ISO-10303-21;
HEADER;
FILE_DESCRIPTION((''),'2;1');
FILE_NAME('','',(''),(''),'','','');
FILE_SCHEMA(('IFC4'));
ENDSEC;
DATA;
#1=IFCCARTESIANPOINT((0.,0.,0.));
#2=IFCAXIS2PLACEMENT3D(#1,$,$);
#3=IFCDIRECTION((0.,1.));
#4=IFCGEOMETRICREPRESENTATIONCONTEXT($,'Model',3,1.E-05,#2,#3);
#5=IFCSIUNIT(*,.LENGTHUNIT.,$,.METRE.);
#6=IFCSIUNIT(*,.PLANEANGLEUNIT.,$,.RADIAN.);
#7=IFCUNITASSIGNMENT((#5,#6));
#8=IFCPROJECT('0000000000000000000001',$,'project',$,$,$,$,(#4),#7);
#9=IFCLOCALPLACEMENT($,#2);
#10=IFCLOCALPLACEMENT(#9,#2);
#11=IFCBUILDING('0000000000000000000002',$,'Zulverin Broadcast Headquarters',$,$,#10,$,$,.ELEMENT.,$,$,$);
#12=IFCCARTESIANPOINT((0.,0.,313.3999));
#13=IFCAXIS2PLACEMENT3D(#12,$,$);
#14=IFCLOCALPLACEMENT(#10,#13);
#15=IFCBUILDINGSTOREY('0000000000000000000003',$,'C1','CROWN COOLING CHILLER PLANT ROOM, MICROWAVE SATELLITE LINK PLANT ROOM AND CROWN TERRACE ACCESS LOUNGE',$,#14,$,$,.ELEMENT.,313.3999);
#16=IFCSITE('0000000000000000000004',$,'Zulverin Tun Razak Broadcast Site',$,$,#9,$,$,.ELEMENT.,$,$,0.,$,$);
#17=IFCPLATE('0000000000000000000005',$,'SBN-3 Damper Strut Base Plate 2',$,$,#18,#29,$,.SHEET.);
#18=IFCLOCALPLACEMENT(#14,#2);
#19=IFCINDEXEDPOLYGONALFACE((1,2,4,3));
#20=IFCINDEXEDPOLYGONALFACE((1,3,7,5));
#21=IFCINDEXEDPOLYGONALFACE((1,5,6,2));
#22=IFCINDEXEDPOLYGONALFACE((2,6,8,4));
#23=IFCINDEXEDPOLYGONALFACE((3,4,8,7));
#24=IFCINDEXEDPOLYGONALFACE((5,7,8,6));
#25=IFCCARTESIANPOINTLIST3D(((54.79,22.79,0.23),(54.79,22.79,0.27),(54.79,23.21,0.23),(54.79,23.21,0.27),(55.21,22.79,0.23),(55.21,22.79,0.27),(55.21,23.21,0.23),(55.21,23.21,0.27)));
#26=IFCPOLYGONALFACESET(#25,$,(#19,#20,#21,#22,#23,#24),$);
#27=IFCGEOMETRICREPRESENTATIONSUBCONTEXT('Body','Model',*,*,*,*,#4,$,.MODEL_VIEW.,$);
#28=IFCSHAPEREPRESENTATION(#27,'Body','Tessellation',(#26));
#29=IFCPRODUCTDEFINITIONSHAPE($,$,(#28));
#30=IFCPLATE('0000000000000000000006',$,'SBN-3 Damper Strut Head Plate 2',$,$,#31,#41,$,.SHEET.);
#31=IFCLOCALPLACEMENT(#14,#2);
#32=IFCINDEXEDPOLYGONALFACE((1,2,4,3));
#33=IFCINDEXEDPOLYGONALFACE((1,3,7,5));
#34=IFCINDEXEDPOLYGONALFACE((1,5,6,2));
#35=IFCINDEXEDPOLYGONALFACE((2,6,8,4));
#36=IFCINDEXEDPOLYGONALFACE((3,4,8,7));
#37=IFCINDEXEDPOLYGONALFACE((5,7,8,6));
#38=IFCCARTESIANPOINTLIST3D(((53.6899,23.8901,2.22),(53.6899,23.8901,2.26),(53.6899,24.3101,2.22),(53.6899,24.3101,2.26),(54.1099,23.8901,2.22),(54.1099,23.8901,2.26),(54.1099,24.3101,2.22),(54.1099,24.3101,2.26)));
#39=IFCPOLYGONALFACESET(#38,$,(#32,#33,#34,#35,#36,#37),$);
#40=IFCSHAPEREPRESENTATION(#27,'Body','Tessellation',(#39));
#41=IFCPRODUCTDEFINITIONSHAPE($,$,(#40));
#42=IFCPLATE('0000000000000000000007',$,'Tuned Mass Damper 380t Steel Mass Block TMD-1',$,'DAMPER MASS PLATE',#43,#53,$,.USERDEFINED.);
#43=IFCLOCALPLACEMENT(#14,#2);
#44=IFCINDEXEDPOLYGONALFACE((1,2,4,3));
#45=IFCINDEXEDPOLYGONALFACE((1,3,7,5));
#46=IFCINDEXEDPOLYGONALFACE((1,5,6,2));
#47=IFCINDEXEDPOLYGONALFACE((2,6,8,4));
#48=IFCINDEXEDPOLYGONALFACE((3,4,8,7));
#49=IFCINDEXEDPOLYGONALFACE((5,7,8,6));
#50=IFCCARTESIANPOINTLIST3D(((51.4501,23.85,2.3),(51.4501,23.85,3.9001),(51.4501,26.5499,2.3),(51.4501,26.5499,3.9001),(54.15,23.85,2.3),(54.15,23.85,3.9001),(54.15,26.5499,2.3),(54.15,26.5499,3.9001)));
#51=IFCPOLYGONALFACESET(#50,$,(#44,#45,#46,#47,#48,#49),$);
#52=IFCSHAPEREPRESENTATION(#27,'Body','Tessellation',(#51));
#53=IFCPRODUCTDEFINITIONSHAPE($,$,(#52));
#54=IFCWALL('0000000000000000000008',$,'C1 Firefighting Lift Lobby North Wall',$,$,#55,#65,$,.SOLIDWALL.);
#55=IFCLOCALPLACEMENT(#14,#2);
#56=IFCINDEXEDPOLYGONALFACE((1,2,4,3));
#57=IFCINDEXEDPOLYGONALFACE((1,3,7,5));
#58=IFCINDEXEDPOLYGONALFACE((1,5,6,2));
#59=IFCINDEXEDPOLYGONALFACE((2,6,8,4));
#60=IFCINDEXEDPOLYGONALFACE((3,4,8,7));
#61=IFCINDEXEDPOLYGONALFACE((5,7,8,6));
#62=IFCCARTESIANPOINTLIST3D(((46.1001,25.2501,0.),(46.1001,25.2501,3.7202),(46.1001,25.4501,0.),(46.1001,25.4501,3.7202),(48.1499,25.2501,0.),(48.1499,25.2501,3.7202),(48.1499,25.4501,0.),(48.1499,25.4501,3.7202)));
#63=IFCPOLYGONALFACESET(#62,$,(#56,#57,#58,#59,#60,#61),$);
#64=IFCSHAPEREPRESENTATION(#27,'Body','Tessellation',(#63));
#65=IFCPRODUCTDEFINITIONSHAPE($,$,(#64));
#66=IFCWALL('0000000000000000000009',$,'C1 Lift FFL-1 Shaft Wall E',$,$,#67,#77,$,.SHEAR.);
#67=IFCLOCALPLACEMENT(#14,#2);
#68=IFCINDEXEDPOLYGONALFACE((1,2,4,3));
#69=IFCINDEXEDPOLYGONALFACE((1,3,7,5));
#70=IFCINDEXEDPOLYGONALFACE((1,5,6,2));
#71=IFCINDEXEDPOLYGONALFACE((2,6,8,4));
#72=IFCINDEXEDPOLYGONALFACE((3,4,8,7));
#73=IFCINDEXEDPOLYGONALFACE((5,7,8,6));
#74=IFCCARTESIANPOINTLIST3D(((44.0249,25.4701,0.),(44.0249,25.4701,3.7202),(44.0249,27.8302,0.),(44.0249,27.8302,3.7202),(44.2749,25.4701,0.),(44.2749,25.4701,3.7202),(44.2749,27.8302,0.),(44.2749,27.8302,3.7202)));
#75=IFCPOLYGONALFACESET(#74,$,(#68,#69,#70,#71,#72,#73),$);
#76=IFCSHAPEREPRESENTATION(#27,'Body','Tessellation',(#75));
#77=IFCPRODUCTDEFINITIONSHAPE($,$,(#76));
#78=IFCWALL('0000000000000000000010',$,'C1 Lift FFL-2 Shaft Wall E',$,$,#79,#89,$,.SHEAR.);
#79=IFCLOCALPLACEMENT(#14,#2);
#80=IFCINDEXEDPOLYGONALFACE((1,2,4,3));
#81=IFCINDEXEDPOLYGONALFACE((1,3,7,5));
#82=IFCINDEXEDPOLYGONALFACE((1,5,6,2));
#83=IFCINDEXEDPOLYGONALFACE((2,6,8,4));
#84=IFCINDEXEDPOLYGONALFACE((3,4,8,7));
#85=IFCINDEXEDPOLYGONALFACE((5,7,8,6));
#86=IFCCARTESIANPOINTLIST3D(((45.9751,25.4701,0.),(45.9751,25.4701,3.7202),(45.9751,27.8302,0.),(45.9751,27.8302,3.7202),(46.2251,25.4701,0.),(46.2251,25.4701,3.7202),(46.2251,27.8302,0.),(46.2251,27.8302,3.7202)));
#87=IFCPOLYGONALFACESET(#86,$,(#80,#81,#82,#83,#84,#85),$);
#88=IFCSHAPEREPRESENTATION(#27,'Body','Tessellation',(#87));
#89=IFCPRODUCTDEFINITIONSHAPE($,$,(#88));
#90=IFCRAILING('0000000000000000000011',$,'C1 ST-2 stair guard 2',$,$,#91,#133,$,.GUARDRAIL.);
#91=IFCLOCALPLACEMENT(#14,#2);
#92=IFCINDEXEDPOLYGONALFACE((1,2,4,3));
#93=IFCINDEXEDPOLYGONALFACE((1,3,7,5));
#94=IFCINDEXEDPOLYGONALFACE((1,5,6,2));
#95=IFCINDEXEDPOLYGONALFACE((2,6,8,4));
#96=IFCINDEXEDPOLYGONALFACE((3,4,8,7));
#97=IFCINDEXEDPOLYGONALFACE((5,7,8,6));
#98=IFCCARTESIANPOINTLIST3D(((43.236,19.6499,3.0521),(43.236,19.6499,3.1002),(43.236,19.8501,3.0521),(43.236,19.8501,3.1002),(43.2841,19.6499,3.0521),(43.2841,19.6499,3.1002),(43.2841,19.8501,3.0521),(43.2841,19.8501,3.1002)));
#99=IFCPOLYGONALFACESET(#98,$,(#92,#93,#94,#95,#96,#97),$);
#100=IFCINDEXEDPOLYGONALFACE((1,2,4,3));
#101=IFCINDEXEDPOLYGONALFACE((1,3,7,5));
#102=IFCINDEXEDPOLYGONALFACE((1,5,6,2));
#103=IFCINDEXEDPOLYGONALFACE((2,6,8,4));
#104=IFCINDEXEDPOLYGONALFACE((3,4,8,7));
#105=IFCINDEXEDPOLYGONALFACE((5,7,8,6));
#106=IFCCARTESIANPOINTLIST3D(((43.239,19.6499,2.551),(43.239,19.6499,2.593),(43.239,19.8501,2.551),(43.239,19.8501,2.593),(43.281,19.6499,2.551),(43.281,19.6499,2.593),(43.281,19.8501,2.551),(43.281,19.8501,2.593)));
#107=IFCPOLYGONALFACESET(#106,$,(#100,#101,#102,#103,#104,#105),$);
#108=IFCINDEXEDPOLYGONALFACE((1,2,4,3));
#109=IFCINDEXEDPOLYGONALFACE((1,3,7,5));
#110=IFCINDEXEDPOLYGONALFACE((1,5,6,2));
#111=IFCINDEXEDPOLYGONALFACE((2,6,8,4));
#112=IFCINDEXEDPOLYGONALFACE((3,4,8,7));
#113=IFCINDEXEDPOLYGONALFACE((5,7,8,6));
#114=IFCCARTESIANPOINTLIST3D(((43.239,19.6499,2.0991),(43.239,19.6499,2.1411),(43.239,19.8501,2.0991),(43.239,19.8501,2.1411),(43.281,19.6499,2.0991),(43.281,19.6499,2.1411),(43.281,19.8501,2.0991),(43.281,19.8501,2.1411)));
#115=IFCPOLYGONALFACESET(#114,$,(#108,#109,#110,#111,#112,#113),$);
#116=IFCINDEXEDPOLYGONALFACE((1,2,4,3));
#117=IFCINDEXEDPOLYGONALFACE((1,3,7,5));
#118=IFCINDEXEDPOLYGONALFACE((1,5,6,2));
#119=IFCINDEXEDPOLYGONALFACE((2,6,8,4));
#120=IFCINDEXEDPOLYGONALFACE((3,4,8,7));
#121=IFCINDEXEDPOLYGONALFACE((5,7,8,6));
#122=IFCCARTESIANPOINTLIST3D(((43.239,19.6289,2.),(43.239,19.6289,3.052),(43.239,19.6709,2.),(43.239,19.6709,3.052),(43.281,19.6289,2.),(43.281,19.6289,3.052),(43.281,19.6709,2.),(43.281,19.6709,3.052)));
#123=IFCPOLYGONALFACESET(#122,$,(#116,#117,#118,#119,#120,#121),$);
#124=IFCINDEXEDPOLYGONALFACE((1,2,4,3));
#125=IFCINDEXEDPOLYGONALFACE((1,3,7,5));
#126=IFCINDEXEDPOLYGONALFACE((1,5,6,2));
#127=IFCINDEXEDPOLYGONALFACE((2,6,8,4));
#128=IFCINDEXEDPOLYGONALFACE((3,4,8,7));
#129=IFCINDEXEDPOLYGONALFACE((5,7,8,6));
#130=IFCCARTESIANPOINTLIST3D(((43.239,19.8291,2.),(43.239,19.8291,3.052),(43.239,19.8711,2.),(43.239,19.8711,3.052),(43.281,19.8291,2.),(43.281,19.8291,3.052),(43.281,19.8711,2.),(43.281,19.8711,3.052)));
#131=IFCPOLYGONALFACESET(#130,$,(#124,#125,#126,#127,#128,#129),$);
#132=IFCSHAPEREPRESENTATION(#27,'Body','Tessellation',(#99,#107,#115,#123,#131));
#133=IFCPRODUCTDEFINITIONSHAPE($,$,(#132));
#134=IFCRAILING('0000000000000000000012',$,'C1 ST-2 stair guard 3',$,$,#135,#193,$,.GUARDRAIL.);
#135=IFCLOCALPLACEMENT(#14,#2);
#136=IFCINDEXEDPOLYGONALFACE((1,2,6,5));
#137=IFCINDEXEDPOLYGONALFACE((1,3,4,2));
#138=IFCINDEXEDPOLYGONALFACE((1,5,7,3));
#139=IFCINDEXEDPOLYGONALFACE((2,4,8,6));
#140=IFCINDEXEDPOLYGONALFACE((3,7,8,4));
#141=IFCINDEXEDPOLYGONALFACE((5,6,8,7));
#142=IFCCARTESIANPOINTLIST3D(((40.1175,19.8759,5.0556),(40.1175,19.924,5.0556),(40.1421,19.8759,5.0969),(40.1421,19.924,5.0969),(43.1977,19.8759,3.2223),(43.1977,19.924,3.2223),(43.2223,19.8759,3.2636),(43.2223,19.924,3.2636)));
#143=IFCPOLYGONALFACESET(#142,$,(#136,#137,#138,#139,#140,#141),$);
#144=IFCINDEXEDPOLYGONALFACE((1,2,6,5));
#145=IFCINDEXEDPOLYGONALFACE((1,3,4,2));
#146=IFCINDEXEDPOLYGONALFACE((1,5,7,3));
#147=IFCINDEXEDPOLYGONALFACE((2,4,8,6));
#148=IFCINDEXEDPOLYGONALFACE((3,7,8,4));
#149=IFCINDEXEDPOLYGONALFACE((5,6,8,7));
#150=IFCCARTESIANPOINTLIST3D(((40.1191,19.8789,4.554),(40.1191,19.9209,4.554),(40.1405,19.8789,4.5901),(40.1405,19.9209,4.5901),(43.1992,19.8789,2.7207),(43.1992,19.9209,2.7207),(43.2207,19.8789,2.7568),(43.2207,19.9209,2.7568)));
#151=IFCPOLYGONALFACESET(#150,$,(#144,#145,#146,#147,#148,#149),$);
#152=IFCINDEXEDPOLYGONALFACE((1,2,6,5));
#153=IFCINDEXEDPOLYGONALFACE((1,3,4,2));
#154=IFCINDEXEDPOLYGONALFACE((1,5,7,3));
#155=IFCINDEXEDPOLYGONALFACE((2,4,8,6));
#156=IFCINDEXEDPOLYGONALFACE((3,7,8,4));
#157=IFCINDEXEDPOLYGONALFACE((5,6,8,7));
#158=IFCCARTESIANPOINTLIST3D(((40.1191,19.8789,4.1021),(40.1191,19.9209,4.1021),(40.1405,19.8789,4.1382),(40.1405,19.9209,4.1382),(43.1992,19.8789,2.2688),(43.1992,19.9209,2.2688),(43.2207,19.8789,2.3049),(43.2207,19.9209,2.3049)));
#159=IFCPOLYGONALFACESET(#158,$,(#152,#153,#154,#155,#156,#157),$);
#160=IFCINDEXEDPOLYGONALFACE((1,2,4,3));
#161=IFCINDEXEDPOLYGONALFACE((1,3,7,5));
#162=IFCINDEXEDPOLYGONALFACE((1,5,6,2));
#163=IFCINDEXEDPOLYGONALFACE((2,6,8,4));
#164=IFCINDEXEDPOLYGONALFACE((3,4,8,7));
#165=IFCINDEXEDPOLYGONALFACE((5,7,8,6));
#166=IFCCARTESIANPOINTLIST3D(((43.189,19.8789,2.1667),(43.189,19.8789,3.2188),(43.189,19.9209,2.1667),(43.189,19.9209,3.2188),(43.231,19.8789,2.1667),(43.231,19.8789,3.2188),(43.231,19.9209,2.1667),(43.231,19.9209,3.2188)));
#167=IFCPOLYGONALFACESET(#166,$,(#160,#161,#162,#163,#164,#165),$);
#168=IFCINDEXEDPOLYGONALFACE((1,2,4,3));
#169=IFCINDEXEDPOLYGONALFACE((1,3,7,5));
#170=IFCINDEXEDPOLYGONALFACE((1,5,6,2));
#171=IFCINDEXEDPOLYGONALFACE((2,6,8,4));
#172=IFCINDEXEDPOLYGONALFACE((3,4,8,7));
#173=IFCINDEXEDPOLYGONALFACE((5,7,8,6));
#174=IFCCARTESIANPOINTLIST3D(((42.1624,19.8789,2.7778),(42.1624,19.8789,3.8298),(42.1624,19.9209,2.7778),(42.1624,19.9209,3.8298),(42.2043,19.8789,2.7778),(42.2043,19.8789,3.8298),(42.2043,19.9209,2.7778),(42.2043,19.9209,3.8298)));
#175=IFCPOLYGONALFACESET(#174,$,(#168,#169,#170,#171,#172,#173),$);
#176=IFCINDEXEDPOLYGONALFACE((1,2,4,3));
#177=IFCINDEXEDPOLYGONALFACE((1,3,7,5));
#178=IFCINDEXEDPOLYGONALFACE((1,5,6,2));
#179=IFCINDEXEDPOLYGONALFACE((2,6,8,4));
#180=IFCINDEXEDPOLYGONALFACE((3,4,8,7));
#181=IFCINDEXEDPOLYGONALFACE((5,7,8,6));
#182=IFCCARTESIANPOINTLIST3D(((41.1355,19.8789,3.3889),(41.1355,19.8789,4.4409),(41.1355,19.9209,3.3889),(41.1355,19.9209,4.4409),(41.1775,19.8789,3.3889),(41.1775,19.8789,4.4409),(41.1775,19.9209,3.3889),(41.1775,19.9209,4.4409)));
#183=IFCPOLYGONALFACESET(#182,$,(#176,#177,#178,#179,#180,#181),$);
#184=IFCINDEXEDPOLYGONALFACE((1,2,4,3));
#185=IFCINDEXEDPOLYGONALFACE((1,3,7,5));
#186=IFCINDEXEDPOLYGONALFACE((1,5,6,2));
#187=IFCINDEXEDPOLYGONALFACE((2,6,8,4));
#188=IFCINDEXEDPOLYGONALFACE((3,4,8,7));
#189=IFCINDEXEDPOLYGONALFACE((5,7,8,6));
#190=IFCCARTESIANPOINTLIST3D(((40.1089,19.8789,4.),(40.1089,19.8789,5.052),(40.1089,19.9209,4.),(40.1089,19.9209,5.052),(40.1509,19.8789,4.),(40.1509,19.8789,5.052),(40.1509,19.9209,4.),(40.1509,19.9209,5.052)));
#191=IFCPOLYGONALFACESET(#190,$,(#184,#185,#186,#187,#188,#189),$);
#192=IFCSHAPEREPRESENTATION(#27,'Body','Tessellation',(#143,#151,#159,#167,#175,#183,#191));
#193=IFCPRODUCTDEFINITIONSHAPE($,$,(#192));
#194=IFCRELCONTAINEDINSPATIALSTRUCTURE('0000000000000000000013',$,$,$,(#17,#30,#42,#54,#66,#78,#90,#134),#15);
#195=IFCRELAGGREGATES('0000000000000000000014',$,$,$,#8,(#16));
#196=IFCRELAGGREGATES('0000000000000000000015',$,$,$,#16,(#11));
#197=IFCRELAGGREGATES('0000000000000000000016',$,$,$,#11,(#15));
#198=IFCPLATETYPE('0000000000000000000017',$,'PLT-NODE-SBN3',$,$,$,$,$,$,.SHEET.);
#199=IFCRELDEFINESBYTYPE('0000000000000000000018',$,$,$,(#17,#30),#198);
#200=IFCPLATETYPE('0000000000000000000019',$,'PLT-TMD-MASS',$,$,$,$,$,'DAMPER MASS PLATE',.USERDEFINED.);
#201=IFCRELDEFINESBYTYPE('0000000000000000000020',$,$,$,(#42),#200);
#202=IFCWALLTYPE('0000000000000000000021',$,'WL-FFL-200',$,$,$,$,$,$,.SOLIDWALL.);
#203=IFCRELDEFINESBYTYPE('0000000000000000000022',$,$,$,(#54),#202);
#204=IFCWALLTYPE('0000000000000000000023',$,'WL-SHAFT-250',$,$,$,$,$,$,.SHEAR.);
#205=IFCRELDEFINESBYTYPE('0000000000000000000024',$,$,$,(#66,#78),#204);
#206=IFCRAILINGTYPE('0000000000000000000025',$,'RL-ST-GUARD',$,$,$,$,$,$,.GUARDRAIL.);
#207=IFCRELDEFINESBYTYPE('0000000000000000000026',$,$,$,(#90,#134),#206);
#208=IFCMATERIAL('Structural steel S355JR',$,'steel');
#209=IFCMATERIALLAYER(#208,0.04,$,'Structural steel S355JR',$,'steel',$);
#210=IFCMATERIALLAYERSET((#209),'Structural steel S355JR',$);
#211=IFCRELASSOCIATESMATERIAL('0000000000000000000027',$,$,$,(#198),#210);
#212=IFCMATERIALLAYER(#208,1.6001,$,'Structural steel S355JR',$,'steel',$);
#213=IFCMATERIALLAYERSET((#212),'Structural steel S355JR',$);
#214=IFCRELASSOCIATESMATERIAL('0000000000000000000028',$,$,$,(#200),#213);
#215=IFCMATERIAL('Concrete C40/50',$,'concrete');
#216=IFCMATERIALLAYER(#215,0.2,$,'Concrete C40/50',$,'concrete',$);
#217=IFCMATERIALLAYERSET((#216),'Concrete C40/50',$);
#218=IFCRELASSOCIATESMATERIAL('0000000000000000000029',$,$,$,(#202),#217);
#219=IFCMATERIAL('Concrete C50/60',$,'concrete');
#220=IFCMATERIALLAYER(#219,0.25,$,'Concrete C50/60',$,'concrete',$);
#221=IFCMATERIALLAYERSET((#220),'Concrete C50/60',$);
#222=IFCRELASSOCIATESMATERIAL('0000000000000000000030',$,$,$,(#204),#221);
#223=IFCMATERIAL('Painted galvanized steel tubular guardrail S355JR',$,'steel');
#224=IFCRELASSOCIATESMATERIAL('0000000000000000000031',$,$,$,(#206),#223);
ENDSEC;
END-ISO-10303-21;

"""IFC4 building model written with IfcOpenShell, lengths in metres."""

from ifc_helpers import new_model, si_unit, direction, frame, frame_2d, origin, origin_2d, place, context, subcontext, project, spatial, rectangle, extrude, material, layer, layer_set, type_object, element, save


model = new_model("IFC4")

# Units and contexts
model_context = context("Model", 3, precision=1e-05, world=origin(), true_north=direction((0.0, 1.0)))
body_context = subcontext(model_context, "Body", "Model", "MODEL_VIEW")
ifc_project = project(units=[si_unit("LENGTHUNIT", "METRE"), si_unit("PLANEANGLEUNIT", "RADIAN")], contexts=[model_context])

# Site, building, storey
site_placement = place(None, origin())
site = spatial("IfcSite", under=ifc_project, at=site_placement, Name="Zulverin Tun Razak Broadcast Site", CompositionType="ELEMENT", RefElevation=0.0)
building_placement = place(site_placement, origin())
building = spatial("IfcBuilding", under=site, at=building_placement, Name="Zulverin Broadcast Headquarters", CompositionType="ELEMENT")
storey_placement = place(building_placement, frame((0.0, 0.0, 313.3999)))
storey = spatial("IfcBuildingStorey", under=building, at=storey_placement, Name="C1", Description="CROWN COOLING CHILLER PLANT ROOM, MICROWAVE SATELLITE LINK PLANT ROOM AND CROWN TERRACE ACCESS LOUNGE", CompositionType="ELEMENT", Elevation=313.3999)

# Shared definitions
ifc_material_1 = material(Name="Structural steel S355JR", Category="steel")

# Plates
ifc_layer_1 = layer(ifc_material_1, 0.04, Name="Structural steel S355JR", Category="steel")
ifc_layer_set_1 = layer_set([ifc_layer_1], Name="Structural steel S355JR")
plate_type_1 = type_object("IfcPlateType", Name="PLT-NODE-SBN3", PredefinedType="SHEET", material=ifc_layer_set_1)
for number, where, z_axis, x_axis, name in (
    (1, (55.0, 23.0, 0.23), (0.0, 0.0, 1.0), (1.0, 0.0, 0.0), "SBN-3 Damper Strut Base Plate 2"),
    (2, (53.8999, 24.1001, 2.22), (0.0, 0.0, 1.0), (1.0, 0.0, 0.0), "SBN-3 Damper Strut Head Plate 2"),
):
    element("IfcPlate", number, at=place(storey_placement, frame(where, z_axis=z_axis, x_axis=x_axis)), inside=storey, type_object=plate_type_1, Name=name, PredefinedType="SHEET", context=body_context, shape_type="SweptSolid", body=[
        extrude(rectangle(XDim=0.4199, YDim=0.4199, at=origin_2d()), origin(), (0.0, 0.0, 1.0), 0.04),
    ])
ifc_layer_2 = layer(ifc_material_1, 1.6001, Name="Structural steel S355JR", Category="steel")
ifc_layer_set_2 = layer_set([ifc_layer_2], Name="Structural steel S355JR")
plate_type_2 = type_object("IfcPlateType", Name="PLT-TMD-MASS", ElementType="DAMPER MASS PLATE", PredefinedType="USERDEFINED", material=ifc_layer_set_2)
plate_1_placement = place(storey_placement, frame((52.8, 25.2, 2.3), z_axis=(0.0, 0.0, 1.0), x_axis=(1.0, 0.0, 0.0)))
element("IfcPlate", 3, at=plate_1_placement, inside=storey, type_object=plate_type_2, Name="Tuned Mass Damper 380t Steel Mass Block TMD-1", ObjectType="DAMPER MASS PLATE", PredefinedType="USERDEFINED", context=body_context, shape_type="SweptSolid", body=[
    extrude(rectangle(XDim=2.7, YDim=2.7, at=origin_2d()), origin(), (0.0, 0.0, 1.0), 1.6001),
])

# Walls
ifc_material_2 = material(Name="Concrete C40/50", Category="concrete")
ifc_layer_3 = layer(ifc_material_2, 0.2, Name="Concrete C40/50", Category="concrete")
ifc_layer_set_3 = layer_set([ifc_layer_3], Name="Concrete C40/50")
wall_type_1 = type_object("IfcWallType", Name="WL-FFL-200", PredefinedType="SOLIDWALL", material=ifc_layer_set_3)
wall_1_placement = place(storey_placement, frame((46.1001, 25.3501, 0.0), z_axis=(0.0, 0.0, 1.0), x_axis=(1.0, 0.0, 0.0)))
element("IfcWall", 4, at=wall_1_placement, inside=storey, type_object=wall_type_1, Name="C1 Firefighting Lift Lobby North Wall", PredefinedType="SOLIDWALL", context=body_context, shape_type="SweptSolid", body=[
    extrude(rectangle(XDim=2.0498, YDim=0.2, at=frame_2d((1.0249, 0.0))), origin(), (0.0, 0.0, 1.0), 3.7202),
])
ifc_material_3 = material(Name="Concrete C50/60", Category="concrete")
ifc_layer_4 = layer(ifc_material_3, 0.25, Name="Concrete C50/60", Category="concrete")
ifc_layer_set_4 = layer_set([ifc_layer_4], Name="Concrete C50/60")
wall_type_2 = type_object("IfcWallType", Name="WL-SHAFT-250", PredefinedType="SHEAR", material=ifc_layer_set_4)
wall_2_placement = place(storey_placement, frame((44.1499, 25.47, 0.0), z_axis=(0.0, 0.0, 1.0), x_axis=(0.0, 1.0, 0.0)))
element("IfcWall", 5, at=wall_2_placement, inside=storey, type_object=wall_type_2, Name="C1 Lift FFL-1 Shaft Wall E", PredefinedType="SHEAR", context=body_context, shape_type="SweptSolid", body=[
    extrude(rectangle(XDim=2.3601, YDim=0.25, at=frame_2d((1.1802, 0.0))), origin(), (0.0, 0.0, 1.0), 3.7202),
])

# Wall
wall_3_placement = place(storey_placement, frame((46.1001, 25.47, 0.0), z_axis=(0.0, 0.0, 1.0), x_axis=(0.0, 1.0, 0.0)))
element("IfcWall", 6, at=wall_3_placement, inside=storey, type_object=wall_type_2, Name="C1 Lift FFL-2 Shaft Wall E", PredefinedType="SHEAR", context=body_context, shape_type="SweptSolid", body=[
    extrude(rectangle(XDim=2.3601, YDim=0.25, at=frame_2d((1.1802, 0.0))), origin(), (0.0, 0.0, 1.0), 3.7202),
])

# Railings
ifc_material_4 = material(Name="Painted galvanized steel tubular guardrail S355JR", Category="steel")
railing_type_1 = type_object("IfcRailingType", Name="RL-ST-GUARD", PredefinedType="GUARDRAIL", material=ifc_material_4)
railing_1_placement = place(storey_placement, frame((43.26, 19.6499, 2.0)))
element("IfcRailing", 7, at=railing_1_placement, inside=storey, type_object=railing_type_1, Name="C1 ST-2 stair guard 2", PredefinedType="GUARDRAIL", context=body_context, shape_type="SweptSolid", body=[
    extrude(rectangle(XDim=0.0481, YDim=0.0481, at=origin_2d()), frame((0.0, 0.0, 1.0762), z_axis=(0.0, 1.0, 0.0), x_axis=(-1.0, 0.0, 0.0)), (0.0, 0.0, 1.0), 0.2002),
    extrude(rectangle(XDim=0.042, YDim=0.042, at=origin_2d()), frame((0.0, 0.0, 0.572), z_axis=(0.0, 1.0, 0.0), x_axis=(-1.0, 0.0, 0.0)), (0.0, 0.0, 1.0), 0.2002),
    extrude(rectangle(XDim=0.042, YDim=0.042, at=origin_2d()), frame((0.0, 0.0, 0.1201), z_axis=(0.0, 1.0, 0.0), x_axis=(-1.0, 0.0, 0.0)), (0.0, 0.0, 1.0), 0.2002),
    extrude(rectangle(XDim=0.042, YDim=0.042, at=origin_2d()), origin(), (0.0, 0.0, 1.0), 1.052),
    extrude(rectangle(XDim=0.042, YDim=0.042, at=origin_2d()), frame((0.0, 0.2002, 0.0)), (0.0, 0.0, 1.0), 1.052),
])
railing_2_placement = place(storey_placement, frame((43.21, 19.8999, 2.1667)))
element("IfcRailing", 8, at=railing_2_placement, inside=storey, type_object=railing_type_1, Name="C1 ST-2 stair guard 3", PredefinedType="GUARDRAIL", context=body_context, shape_type="SweptSolid", body=[
    extrude(rectangle(XDim=0.0481, YDim=0.0481, at=origin_2d()), frame((0.0, 0.0, 1.0762), z_axis=(-0.859309, 0.0, 0.511458), x_axis=(0.0, -1.0, 0.0)), (0.0, 0.0, 1.0), 3.5845),
    extrude(rectangle(XDim=0.042, YDim=0.042, at=origin_2d()), frame((0.0, 0.0, 0.572), z_axis=(-0.859309, 0.0, 0.511458), x_axis=(0.0, -1.0, 0.0)), (0.0, 0.0, 1.0), 3.5845),
    extrude(rectangle(XDim=0.042, YDim=0.042, at=origin_2d()), frame((0.0, 0.0, 0.1201), z_axis=(-0.859309, 0.0, 0.511458), x_axis=(0.0, -1.0, 0.0)), (0.0, 0.0, 1.0), 3.5845),
    extrude(rectangle(XDim=0.042, YDim=0.042, at=origin_2d()), origin(), (0.0, 0.0, 1.0), 1.052),
    extrude(rectangle(XDim=0.042, YDim=0.042, at=origin_2d()), frame((-1.0266, 0.0, 0.6111)), (0.0, 0.0, 1.0), 1.052),
    extrude(rectangle(XDim=0.042, YDim=0.042, at=origin_2d()), frame((-2.0535, 0.0, 1.2222)), (0.0, 0.0, 1.0), 1.052),
    extrude(rectangle(XDim=0.042, YDim=0.042, at=origin_2d()), frame((-3.0801, 0.0, 1.8333)), (0.0, 0.0, 1.0), 1.052),
])

save(model, "model.ifc")
